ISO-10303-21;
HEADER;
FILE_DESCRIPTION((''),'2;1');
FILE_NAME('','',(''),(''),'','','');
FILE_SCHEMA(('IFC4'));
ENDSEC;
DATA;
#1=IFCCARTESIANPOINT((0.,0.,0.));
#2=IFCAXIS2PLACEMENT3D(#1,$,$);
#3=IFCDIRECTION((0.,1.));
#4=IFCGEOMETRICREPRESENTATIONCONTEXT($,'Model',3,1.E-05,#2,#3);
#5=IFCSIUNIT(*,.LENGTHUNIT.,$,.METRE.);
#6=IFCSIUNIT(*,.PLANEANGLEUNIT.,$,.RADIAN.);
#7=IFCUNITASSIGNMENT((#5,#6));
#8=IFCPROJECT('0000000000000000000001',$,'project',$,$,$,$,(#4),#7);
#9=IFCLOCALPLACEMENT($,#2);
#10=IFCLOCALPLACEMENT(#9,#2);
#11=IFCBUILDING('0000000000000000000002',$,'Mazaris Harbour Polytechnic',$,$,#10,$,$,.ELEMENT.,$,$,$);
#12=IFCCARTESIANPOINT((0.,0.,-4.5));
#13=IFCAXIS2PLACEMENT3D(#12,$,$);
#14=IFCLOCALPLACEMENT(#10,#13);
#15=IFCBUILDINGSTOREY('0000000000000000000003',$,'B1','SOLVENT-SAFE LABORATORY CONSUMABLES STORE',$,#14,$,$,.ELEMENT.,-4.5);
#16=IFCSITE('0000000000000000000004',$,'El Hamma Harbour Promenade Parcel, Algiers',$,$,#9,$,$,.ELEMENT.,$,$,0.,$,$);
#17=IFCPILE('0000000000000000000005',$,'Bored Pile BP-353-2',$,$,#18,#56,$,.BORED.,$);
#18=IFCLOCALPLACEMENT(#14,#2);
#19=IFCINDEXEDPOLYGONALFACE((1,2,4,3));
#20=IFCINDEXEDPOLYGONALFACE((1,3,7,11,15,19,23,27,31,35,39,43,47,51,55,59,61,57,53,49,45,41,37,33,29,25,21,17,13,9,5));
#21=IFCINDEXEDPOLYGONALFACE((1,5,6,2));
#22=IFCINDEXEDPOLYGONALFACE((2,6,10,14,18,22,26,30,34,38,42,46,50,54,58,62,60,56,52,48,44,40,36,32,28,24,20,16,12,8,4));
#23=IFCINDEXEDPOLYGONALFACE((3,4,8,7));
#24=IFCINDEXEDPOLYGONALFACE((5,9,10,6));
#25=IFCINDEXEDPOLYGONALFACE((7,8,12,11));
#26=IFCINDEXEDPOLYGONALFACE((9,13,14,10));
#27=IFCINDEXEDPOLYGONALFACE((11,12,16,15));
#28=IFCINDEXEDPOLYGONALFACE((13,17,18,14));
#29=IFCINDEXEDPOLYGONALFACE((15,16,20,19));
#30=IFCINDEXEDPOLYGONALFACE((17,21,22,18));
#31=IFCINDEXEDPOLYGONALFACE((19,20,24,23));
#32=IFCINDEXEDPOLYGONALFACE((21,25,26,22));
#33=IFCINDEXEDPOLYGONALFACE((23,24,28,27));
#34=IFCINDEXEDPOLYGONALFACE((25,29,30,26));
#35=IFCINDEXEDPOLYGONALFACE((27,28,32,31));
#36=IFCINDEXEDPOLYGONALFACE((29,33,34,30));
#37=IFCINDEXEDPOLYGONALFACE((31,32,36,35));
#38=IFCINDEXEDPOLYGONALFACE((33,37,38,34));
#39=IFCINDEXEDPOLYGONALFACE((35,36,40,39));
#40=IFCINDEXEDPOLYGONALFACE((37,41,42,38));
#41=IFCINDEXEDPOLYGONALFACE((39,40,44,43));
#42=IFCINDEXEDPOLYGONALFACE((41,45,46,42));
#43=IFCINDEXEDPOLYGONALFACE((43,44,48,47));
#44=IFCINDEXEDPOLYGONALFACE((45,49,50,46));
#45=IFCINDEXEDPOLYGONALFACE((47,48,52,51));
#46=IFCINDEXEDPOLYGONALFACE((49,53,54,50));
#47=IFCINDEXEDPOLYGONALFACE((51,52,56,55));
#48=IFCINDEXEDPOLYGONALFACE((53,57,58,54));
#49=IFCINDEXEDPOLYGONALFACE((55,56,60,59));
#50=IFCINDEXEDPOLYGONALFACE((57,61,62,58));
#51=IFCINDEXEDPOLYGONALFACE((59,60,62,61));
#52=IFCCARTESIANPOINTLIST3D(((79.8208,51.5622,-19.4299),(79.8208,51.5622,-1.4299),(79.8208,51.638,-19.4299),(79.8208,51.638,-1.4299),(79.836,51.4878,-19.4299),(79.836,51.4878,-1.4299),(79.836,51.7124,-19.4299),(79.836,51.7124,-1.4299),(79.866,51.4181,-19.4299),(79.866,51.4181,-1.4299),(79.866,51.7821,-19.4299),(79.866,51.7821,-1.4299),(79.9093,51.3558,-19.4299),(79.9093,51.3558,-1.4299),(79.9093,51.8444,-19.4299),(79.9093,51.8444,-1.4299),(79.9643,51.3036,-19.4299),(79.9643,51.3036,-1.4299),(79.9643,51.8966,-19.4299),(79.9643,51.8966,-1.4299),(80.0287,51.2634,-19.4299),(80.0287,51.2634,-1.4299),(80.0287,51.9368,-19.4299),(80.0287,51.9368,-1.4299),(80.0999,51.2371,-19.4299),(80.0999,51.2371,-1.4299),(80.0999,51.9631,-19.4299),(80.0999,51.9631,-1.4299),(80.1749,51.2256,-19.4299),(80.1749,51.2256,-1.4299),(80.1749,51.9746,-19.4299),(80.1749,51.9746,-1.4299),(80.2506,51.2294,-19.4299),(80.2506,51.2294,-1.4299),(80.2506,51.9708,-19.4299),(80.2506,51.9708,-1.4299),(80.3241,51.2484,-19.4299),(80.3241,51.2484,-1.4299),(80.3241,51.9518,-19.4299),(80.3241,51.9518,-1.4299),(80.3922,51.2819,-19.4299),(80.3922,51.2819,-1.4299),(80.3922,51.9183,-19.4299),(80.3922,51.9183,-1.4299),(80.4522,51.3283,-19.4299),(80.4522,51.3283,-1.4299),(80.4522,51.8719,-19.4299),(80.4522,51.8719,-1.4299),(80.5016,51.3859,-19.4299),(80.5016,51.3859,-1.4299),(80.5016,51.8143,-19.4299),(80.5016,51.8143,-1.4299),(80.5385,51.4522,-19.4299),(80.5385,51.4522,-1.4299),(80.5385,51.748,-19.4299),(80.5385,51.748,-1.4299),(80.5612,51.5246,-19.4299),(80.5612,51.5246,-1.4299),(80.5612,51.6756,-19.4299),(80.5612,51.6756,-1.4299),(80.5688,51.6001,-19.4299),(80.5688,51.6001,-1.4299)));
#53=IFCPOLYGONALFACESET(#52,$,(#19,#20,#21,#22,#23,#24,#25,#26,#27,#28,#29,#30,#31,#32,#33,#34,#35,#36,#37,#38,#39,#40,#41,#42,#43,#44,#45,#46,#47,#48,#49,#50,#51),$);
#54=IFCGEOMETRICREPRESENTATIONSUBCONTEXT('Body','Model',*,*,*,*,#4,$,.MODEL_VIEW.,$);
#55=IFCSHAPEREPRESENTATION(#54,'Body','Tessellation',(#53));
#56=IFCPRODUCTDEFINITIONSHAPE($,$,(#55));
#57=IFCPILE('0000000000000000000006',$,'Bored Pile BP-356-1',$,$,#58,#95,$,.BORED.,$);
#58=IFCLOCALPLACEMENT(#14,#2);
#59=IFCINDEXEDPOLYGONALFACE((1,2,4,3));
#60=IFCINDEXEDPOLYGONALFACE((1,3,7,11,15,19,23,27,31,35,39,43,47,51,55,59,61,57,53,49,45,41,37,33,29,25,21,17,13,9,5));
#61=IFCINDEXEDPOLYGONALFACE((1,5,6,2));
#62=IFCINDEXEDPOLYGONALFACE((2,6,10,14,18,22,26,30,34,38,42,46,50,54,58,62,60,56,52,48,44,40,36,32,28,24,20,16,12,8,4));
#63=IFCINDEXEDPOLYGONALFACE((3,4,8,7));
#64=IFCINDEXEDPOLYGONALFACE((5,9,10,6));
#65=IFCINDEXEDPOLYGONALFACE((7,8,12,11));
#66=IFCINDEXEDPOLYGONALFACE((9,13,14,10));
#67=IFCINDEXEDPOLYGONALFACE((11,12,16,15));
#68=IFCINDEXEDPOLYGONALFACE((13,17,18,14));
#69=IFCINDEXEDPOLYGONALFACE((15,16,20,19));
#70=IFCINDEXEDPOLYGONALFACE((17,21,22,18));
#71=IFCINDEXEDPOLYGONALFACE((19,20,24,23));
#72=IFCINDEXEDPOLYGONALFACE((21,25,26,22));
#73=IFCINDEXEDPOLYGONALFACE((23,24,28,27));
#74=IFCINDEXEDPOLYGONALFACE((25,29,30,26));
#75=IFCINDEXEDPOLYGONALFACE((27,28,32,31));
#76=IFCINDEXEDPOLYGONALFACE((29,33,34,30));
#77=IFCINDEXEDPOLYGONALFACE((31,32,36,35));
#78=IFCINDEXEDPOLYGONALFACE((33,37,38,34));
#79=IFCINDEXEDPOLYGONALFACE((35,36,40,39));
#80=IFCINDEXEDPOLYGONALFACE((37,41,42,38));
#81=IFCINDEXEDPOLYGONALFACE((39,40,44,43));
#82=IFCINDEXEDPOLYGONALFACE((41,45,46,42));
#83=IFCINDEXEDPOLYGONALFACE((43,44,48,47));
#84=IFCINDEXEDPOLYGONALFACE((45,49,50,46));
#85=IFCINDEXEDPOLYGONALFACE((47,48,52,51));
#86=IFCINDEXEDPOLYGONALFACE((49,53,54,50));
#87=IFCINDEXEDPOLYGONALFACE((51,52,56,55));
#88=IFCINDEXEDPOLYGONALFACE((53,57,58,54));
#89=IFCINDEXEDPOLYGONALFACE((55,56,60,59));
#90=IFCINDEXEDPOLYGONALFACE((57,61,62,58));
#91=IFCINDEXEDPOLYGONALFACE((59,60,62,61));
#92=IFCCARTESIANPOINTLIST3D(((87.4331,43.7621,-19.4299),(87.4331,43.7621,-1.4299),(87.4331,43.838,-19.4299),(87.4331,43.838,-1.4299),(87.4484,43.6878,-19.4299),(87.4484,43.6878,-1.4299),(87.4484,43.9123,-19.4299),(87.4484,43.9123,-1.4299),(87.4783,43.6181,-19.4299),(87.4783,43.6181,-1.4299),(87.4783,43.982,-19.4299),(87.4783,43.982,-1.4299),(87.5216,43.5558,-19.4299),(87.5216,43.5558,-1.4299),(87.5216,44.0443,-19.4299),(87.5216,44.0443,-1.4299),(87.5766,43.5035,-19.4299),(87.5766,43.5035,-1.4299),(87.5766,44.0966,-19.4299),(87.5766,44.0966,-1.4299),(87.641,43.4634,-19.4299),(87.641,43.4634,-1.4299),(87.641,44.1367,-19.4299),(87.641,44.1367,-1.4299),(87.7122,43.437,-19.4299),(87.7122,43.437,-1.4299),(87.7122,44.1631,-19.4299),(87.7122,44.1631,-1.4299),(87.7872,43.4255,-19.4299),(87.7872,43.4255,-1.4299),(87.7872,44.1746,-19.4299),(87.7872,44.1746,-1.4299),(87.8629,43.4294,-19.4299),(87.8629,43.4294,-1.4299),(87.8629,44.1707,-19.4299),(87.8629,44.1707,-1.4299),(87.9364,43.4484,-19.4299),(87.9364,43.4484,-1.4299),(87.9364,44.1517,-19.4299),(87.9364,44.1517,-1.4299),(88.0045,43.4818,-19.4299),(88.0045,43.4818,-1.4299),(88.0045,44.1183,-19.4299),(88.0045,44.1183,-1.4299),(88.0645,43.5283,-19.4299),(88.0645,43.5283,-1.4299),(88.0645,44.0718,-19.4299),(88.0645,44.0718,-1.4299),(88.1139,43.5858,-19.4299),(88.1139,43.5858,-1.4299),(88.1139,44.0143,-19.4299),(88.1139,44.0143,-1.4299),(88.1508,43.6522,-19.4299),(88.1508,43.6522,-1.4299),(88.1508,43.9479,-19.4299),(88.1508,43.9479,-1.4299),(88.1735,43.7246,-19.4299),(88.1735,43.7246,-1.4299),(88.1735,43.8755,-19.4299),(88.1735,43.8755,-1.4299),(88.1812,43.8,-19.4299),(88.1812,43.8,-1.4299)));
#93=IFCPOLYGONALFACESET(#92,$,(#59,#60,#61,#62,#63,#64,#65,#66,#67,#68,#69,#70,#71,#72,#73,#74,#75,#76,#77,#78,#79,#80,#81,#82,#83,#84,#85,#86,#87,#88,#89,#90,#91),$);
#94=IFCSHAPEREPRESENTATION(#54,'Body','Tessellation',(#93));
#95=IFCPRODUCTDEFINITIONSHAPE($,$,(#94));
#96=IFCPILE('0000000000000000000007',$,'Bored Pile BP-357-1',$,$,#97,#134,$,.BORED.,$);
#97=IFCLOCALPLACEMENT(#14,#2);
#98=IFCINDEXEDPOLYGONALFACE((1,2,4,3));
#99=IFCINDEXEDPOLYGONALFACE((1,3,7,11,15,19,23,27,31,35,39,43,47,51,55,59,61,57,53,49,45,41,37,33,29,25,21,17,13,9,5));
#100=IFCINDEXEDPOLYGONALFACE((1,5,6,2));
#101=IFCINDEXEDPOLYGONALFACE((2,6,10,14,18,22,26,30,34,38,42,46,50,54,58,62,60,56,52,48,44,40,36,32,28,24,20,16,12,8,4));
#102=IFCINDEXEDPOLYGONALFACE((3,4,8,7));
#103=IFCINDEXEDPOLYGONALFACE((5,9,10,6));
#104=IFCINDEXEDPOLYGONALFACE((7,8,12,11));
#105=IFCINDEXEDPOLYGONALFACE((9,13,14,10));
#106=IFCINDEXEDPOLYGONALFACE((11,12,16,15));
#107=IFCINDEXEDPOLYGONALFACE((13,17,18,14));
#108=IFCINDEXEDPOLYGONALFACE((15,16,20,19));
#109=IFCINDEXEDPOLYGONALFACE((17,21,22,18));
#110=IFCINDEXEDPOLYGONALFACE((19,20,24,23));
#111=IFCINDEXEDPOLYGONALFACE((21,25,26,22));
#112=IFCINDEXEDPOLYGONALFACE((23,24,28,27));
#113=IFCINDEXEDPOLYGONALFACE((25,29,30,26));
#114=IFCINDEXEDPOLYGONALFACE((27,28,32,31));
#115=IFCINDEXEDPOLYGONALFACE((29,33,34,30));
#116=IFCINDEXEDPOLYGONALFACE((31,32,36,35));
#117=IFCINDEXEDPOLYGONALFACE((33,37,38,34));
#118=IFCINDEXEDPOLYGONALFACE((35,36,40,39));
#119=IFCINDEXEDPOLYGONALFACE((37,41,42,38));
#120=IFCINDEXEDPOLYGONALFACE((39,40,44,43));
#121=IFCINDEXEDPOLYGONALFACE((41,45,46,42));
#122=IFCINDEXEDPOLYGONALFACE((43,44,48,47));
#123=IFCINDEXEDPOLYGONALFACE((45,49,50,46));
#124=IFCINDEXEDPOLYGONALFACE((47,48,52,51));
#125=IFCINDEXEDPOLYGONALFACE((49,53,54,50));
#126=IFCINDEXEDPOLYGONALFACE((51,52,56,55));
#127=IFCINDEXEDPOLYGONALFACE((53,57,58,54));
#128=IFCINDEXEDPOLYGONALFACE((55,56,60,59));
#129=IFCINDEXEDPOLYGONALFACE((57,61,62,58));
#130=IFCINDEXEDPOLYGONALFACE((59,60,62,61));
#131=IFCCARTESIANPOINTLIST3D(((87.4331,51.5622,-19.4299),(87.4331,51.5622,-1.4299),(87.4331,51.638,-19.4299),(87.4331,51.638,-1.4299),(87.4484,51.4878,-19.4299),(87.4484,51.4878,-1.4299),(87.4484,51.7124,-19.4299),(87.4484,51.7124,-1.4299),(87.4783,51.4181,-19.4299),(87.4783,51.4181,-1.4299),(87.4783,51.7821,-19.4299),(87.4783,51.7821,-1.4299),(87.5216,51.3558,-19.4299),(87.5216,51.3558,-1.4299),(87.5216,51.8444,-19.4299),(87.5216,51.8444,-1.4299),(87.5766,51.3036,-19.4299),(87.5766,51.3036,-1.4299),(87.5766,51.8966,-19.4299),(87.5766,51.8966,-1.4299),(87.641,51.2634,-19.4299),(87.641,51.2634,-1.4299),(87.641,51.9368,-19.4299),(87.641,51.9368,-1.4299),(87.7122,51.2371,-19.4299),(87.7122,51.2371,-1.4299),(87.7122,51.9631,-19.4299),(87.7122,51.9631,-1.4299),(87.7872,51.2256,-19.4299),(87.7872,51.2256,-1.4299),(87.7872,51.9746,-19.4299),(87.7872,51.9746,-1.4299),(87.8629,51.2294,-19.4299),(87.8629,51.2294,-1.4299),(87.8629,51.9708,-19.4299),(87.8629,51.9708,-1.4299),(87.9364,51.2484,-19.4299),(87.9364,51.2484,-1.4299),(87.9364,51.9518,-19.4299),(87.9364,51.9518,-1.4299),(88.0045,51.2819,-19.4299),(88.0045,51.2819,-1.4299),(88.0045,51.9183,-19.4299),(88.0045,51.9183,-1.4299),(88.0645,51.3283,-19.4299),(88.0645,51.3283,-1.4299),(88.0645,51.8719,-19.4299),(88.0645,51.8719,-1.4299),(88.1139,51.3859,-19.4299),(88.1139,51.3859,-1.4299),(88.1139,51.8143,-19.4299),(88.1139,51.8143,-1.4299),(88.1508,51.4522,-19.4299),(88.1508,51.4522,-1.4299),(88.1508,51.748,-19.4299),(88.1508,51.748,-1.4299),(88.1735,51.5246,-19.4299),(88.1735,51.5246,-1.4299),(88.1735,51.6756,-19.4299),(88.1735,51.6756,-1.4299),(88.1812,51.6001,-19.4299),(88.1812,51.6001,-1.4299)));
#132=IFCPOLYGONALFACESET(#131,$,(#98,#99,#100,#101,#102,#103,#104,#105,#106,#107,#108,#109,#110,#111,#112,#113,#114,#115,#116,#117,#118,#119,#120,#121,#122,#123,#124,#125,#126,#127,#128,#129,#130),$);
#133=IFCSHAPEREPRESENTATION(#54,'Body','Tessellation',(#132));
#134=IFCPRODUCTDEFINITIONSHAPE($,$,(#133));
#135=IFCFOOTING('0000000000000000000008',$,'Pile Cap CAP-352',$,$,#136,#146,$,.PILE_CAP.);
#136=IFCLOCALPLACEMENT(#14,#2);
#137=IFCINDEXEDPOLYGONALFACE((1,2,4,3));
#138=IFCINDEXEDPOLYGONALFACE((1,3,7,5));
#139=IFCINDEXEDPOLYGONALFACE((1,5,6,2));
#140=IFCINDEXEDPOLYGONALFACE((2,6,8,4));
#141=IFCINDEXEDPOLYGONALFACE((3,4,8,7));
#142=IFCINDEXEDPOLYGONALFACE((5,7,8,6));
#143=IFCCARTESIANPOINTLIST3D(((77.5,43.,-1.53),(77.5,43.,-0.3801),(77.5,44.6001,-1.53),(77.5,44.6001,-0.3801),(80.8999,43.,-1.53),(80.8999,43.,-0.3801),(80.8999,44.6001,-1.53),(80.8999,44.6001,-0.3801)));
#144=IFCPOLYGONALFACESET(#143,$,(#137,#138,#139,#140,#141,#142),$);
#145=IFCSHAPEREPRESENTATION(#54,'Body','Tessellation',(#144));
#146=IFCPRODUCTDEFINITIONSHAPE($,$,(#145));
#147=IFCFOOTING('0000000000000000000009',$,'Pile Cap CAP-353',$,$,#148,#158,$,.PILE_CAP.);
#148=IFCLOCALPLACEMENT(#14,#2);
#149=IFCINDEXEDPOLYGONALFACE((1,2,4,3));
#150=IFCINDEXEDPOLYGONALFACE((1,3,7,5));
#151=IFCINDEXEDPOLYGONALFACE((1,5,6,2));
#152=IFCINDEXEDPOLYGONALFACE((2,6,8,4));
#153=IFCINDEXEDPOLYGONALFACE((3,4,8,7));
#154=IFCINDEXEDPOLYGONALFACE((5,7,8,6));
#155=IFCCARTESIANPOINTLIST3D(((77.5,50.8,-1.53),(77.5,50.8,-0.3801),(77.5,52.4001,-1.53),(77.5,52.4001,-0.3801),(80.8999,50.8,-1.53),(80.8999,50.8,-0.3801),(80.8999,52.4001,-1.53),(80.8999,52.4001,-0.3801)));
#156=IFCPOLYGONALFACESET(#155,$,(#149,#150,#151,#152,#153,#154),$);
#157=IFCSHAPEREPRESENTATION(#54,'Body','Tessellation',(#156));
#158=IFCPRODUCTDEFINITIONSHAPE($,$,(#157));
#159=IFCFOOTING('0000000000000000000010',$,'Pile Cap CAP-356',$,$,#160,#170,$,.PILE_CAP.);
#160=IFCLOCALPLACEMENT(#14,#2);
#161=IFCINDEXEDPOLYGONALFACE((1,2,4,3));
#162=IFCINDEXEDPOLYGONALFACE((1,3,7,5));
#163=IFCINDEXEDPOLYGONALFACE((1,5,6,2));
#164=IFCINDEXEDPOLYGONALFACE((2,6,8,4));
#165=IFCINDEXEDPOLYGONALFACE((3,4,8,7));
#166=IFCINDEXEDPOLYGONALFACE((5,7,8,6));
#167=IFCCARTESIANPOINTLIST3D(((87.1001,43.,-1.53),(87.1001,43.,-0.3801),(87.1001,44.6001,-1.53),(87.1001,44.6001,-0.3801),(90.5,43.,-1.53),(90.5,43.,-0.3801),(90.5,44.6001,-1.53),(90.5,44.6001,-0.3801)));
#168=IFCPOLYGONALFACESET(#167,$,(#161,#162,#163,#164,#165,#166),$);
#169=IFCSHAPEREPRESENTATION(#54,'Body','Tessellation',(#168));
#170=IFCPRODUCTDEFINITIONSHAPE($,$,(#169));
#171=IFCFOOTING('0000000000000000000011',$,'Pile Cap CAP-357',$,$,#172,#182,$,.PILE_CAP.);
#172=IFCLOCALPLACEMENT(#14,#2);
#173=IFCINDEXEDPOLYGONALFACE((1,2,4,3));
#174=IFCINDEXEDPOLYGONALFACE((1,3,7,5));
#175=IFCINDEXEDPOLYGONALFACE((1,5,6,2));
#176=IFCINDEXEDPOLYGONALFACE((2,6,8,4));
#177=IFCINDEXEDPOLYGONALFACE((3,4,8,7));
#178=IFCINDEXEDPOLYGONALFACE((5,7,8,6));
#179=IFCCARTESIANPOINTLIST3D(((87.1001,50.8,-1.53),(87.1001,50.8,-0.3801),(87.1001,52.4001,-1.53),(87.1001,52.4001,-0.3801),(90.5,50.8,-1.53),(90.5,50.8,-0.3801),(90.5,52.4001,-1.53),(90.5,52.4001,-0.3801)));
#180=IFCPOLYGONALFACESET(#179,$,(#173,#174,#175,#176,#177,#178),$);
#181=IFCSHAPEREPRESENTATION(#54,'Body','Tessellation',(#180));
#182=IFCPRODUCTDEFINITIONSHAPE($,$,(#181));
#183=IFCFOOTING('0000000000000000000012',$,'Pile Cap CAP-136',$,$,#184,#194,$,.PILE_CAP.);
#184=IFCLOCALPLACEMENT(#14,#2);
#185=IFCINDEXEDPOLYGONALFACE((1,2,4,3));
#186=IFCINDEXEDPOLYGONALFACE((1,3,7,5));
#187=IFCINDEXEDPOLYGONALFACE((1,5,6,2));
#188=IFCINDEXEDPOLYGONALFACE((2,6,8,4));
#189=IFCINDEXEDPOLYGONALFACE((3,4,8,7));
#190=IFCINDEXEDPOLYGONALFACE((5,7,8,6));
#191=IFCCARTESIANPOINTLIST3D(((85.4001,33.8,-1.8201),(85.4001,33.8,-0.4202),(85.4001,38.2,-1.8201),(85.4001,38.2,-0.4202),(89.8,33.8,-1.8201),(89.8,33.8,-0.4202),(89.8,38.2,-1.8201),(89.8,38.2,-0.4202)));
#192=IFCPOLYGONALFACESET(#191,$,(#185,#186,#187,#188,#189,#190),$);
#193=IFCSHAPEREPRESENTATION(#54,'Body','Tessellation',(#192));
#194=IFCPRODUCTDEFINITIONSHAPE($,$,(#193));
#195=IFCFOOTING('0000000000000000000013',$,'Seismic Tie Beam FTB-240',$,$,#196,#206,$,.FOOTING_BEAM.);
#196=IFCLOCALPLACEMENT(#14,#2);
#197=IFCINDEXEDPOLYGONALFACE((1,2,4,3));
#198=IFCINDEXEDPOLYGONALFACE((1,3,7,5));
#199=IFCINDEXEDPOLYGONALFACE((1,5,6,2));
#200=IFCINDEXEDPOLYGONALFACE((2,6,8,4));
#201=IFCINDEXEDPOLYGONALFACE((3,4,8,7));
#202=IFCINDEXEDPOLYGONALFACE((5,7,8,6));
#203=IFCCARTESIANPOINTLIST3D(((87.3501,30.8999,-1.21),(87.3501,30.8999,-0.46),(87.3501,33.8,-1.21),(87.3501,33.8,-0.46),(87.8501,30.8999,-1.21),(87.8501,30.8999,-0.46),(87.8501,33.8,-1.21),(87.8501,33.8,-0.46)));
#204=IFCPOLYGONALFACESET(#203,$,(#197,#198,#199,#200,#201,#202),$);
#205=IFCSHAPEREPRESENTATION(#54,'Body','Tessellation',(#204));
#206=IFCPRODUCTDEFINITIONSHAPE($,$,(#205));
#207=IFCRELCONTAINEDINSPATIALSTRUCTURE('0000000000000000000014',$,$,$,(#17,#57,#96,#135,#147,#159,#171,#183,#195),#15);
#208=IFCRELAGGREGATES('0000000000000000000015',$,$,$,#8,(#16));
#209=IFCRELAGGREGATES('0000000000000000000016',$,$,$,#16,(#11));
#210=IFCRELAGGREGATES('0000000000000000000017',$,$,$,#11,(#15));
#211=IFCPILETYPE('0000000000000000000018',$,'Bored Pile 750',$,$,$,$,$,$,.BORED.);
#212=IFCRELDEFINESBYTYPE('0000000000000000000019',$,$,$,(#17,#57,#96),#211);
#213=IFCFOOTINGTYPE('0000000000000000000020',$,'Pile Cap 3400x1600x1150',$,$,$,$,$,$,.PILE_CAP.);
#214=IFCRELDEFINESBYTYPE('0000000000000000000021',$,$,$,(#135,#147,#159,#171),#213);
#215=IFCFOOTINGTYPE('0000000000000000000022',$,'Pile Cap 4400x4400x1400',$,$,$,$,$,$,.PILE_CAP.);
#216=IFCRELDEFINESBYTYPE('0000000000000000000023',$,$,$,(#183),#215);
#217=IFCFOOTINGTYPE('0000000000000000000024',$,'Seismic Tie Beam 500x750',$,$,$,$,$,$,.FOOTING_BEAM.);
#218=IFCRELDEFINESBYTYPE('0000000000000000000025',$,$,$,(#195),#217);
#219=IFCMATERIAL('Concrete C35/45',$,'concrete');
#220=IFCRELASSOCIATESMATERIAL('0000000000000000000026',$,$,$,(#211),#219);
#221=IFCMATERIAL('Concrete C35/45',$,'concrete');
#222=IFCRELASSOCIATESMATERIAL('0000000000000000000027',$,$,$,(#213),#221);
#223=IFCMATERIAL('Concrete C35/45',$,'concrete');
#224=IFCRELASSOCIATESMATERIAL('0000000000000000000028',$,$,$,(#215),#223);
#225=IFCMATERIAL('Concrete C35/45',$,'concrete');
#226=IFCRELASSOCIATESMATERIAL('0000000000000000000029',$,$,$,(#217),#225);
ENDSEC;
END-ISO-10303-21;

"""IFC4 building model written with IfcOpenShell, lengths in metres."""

from ifc_helpers import new_model, si_unit, direction, frame, origin, origin_2d, place, context, subcontext, project, spatial, rectangle, circle, extrude, material, material_profile, profile_set, type_object, element, save


model = new_model("IFC4")

# Units and contexts
model_context = context("Model", 3, precision=1e-05, world=origin(), true_north=direction((0.0, 1.0)))
body_context = subcontext(model_context, "Body", "Model", "MODEL_VIEW")
ifc_project = project(units=[si_unit("LENGTHUNIT", "METRE"), si_unit("PLANEANGLEUNIT", "RADIAN")], contexts=[model_context])

# Site, building, storey
site_placement = place(None, origin())
site = spatial("IfcSite", under=ifc_project, at=site_placement, Name="El Hamma Harbour Promenade Parcel, Algiers", CompositionType="ELEMENT", RefElevation=0.0)
building_placement = place(site_placement, origin())
building = spatial("IfcBuilding", under=site, at=building_placement, Name="Mazaris Harbour Polytechnic", CompositionType="ELEMENT")
storey_placement = place(building_placement, frame((0.0, 0.0, -4.5)))
storey = spatial("IfcBuildingStorey", under=building, at=storey_placement, Name="B1", Description="SOLVENT-SAFE LABORATORY CONSUMABLES STORE", CompositionType="ELEMENT", Elevation=-4.5)

# Piles
ifc_material_1 = material(Name="Concrete C35/45", Category="concrete")
ifc_material_profile_1 = material_profile(ifc_material_1, circle(Radius=0.375, at=origin_2d()), Name="DIA750")
ifc_profile_set_1 = profile_set([ifc_material_profile_1], Name="Concrete C35/45")
pile_type_1 = type_object("IfcPileType", Name="Bored Pile 750", PredefinedType="BORED", material=ifc_profile_set_1)
for number, where, z_axis, x_axis, name in (
    (1, (80.1938, 51.6001, -1.4299), (0.0, 0.0, -1.0), (1.0, 0.0, 0.0), "Bored Pile BP-353-2"),
    (2, (87.8062, 43.8, -1.4299), (0.0, 0.0, -1.0), (1.0, 0.0, 0.0), "Bored Pile BP-356-1"),
    (3, (87.8062, 51.6001, -1.4299), (0.0, 0.0, -1.0), (1.0, 0.0, 0.0), "Bored Pile BP-357-1"),
):
    element("IfcPile", number, at=place(storey_placement, frame(where, z_axis=z_axis, x_axis=x_axis)), inside=storey, type_object=pile_type_1, Name=name, PredefinedType="BORED", context=body_context, shape_type="SweptSolid", body=[
        extrude(circle(Radius=0.375, at=origin_2d()), origin(), (0.0, 0.0, 1.0), 18.0),
    ])

# Footings
ifc_material_2 = material(Name="Concrete C35/45", Category="concrete")
footing_type_1 = type_object("IfcFootingType", Name="Pile Cap 3400x1600x1150", PredefinedType="PILE_CAP", material=ifc_material_2)
for number, where, z_axis, x_axis, name in (
    (4, (79.2, 43.8, -1.53), (0.0, 0.0, 1.0), (1.0, 0.0, 0.0), "Pile Cap CAP-352"),
    (5, (79.2, 51.6001, -1.53), (0.0, 0.0, 1.0), (1.0, 0.0, 0.0), "Pile Cap CAP-353"),
    (6, (88.8, 43.8, -1.53), (0.0, 0.0, 1.0), (1.0, 0.0, 0.0), "Pile Cap CAP-356"),
    (7, (88.8, 51.6001, -1.53), (0.0, 0.0, 1.0), (1.0, 0.0, 0.0), "Pile Cap CAP-357"),
):
    element("IfcFooting", number, at=place(storey_placement, frame(where, z_axis=z_axis, x_axis=x_axis)), inside=storey, type_object=footing_type_1, Name=name, PredefinedType="PILE_CAP", context=body_context, shape_type="SweptSolid", body=[
        extrude(rectangle(XDim=3.3999, YDim=1.6001, at=origin_2d()), origin(), (0.0, 0.0, 1.0), 1.1499),
    ])
ifc_material_3 = material(Name="Concrete C35/45", Category="concrete")
footing_type_2 = type_object("IfcFootingType", Name="Pile Cap 4400x4400x1400", PredefinedType="PILE_CAP", material=ifc_material_3)
footing_1_placement = place(storey_placement, frame((87.6001, 36.0, -1.8201), z_axis=(0.0, 0.0, 1.0), x_axis=(1.0, 0.0, 0.0)))
element("IfcFooting", 8, at=footing_1_placement, inside=storey, type_object=footing_type_2, Name="Pile Cap CAP-136", PredefinedType="PILE_CAP", context=body_context, shape_type="SweptSolid", body=[
    extrude(rectangle(XDim=4.3999, YDim=4.3999, at=origin_2d()), origin(), (0.0, 0.0, 1.0), 1.3999),
])
ifc_material_4 = material(Name="Concrete C35/45", Category="concrete")
ifc_material_profile_2 = material_profile(ifc_material_4, rectangle(XDim=0.5, YDim=0.75, at=origin_2d()), Name="RECT500x750")
ifc_profile_set_2 = profile_set([ifc_material_profile_2], Name="Concrete C35/45")
footing_type_3 = type_object("IfcFootingType", Name="Seismic Tie Beam 500x750", PredefinedType="FOOTING_BEAM", material=ifc_profile_set_2)
footing_2_placement = place(storey_placement, frame((87.6001, 30.8999, -0.835), z_axis=(0.0, 1.0, 0.0), x_axis=(-1.0, 0.0, 0.0)))
element("IfcFooting", 9, at=footing_2_placement, inside=storey, type_object=footing_type_3, Name="Seismic Tie Beam FTB-240", PredefinedType="FOOTING_BEAM", context=body_context, shape_type="SweptSolid", body=[
    extrude(rectangle(XDim=0.5, YDim=0.75, at=origin_2d()), origin(), (0.0, 0.0, 1.0), 2.9001),
])

save(model, "model.ifc")
